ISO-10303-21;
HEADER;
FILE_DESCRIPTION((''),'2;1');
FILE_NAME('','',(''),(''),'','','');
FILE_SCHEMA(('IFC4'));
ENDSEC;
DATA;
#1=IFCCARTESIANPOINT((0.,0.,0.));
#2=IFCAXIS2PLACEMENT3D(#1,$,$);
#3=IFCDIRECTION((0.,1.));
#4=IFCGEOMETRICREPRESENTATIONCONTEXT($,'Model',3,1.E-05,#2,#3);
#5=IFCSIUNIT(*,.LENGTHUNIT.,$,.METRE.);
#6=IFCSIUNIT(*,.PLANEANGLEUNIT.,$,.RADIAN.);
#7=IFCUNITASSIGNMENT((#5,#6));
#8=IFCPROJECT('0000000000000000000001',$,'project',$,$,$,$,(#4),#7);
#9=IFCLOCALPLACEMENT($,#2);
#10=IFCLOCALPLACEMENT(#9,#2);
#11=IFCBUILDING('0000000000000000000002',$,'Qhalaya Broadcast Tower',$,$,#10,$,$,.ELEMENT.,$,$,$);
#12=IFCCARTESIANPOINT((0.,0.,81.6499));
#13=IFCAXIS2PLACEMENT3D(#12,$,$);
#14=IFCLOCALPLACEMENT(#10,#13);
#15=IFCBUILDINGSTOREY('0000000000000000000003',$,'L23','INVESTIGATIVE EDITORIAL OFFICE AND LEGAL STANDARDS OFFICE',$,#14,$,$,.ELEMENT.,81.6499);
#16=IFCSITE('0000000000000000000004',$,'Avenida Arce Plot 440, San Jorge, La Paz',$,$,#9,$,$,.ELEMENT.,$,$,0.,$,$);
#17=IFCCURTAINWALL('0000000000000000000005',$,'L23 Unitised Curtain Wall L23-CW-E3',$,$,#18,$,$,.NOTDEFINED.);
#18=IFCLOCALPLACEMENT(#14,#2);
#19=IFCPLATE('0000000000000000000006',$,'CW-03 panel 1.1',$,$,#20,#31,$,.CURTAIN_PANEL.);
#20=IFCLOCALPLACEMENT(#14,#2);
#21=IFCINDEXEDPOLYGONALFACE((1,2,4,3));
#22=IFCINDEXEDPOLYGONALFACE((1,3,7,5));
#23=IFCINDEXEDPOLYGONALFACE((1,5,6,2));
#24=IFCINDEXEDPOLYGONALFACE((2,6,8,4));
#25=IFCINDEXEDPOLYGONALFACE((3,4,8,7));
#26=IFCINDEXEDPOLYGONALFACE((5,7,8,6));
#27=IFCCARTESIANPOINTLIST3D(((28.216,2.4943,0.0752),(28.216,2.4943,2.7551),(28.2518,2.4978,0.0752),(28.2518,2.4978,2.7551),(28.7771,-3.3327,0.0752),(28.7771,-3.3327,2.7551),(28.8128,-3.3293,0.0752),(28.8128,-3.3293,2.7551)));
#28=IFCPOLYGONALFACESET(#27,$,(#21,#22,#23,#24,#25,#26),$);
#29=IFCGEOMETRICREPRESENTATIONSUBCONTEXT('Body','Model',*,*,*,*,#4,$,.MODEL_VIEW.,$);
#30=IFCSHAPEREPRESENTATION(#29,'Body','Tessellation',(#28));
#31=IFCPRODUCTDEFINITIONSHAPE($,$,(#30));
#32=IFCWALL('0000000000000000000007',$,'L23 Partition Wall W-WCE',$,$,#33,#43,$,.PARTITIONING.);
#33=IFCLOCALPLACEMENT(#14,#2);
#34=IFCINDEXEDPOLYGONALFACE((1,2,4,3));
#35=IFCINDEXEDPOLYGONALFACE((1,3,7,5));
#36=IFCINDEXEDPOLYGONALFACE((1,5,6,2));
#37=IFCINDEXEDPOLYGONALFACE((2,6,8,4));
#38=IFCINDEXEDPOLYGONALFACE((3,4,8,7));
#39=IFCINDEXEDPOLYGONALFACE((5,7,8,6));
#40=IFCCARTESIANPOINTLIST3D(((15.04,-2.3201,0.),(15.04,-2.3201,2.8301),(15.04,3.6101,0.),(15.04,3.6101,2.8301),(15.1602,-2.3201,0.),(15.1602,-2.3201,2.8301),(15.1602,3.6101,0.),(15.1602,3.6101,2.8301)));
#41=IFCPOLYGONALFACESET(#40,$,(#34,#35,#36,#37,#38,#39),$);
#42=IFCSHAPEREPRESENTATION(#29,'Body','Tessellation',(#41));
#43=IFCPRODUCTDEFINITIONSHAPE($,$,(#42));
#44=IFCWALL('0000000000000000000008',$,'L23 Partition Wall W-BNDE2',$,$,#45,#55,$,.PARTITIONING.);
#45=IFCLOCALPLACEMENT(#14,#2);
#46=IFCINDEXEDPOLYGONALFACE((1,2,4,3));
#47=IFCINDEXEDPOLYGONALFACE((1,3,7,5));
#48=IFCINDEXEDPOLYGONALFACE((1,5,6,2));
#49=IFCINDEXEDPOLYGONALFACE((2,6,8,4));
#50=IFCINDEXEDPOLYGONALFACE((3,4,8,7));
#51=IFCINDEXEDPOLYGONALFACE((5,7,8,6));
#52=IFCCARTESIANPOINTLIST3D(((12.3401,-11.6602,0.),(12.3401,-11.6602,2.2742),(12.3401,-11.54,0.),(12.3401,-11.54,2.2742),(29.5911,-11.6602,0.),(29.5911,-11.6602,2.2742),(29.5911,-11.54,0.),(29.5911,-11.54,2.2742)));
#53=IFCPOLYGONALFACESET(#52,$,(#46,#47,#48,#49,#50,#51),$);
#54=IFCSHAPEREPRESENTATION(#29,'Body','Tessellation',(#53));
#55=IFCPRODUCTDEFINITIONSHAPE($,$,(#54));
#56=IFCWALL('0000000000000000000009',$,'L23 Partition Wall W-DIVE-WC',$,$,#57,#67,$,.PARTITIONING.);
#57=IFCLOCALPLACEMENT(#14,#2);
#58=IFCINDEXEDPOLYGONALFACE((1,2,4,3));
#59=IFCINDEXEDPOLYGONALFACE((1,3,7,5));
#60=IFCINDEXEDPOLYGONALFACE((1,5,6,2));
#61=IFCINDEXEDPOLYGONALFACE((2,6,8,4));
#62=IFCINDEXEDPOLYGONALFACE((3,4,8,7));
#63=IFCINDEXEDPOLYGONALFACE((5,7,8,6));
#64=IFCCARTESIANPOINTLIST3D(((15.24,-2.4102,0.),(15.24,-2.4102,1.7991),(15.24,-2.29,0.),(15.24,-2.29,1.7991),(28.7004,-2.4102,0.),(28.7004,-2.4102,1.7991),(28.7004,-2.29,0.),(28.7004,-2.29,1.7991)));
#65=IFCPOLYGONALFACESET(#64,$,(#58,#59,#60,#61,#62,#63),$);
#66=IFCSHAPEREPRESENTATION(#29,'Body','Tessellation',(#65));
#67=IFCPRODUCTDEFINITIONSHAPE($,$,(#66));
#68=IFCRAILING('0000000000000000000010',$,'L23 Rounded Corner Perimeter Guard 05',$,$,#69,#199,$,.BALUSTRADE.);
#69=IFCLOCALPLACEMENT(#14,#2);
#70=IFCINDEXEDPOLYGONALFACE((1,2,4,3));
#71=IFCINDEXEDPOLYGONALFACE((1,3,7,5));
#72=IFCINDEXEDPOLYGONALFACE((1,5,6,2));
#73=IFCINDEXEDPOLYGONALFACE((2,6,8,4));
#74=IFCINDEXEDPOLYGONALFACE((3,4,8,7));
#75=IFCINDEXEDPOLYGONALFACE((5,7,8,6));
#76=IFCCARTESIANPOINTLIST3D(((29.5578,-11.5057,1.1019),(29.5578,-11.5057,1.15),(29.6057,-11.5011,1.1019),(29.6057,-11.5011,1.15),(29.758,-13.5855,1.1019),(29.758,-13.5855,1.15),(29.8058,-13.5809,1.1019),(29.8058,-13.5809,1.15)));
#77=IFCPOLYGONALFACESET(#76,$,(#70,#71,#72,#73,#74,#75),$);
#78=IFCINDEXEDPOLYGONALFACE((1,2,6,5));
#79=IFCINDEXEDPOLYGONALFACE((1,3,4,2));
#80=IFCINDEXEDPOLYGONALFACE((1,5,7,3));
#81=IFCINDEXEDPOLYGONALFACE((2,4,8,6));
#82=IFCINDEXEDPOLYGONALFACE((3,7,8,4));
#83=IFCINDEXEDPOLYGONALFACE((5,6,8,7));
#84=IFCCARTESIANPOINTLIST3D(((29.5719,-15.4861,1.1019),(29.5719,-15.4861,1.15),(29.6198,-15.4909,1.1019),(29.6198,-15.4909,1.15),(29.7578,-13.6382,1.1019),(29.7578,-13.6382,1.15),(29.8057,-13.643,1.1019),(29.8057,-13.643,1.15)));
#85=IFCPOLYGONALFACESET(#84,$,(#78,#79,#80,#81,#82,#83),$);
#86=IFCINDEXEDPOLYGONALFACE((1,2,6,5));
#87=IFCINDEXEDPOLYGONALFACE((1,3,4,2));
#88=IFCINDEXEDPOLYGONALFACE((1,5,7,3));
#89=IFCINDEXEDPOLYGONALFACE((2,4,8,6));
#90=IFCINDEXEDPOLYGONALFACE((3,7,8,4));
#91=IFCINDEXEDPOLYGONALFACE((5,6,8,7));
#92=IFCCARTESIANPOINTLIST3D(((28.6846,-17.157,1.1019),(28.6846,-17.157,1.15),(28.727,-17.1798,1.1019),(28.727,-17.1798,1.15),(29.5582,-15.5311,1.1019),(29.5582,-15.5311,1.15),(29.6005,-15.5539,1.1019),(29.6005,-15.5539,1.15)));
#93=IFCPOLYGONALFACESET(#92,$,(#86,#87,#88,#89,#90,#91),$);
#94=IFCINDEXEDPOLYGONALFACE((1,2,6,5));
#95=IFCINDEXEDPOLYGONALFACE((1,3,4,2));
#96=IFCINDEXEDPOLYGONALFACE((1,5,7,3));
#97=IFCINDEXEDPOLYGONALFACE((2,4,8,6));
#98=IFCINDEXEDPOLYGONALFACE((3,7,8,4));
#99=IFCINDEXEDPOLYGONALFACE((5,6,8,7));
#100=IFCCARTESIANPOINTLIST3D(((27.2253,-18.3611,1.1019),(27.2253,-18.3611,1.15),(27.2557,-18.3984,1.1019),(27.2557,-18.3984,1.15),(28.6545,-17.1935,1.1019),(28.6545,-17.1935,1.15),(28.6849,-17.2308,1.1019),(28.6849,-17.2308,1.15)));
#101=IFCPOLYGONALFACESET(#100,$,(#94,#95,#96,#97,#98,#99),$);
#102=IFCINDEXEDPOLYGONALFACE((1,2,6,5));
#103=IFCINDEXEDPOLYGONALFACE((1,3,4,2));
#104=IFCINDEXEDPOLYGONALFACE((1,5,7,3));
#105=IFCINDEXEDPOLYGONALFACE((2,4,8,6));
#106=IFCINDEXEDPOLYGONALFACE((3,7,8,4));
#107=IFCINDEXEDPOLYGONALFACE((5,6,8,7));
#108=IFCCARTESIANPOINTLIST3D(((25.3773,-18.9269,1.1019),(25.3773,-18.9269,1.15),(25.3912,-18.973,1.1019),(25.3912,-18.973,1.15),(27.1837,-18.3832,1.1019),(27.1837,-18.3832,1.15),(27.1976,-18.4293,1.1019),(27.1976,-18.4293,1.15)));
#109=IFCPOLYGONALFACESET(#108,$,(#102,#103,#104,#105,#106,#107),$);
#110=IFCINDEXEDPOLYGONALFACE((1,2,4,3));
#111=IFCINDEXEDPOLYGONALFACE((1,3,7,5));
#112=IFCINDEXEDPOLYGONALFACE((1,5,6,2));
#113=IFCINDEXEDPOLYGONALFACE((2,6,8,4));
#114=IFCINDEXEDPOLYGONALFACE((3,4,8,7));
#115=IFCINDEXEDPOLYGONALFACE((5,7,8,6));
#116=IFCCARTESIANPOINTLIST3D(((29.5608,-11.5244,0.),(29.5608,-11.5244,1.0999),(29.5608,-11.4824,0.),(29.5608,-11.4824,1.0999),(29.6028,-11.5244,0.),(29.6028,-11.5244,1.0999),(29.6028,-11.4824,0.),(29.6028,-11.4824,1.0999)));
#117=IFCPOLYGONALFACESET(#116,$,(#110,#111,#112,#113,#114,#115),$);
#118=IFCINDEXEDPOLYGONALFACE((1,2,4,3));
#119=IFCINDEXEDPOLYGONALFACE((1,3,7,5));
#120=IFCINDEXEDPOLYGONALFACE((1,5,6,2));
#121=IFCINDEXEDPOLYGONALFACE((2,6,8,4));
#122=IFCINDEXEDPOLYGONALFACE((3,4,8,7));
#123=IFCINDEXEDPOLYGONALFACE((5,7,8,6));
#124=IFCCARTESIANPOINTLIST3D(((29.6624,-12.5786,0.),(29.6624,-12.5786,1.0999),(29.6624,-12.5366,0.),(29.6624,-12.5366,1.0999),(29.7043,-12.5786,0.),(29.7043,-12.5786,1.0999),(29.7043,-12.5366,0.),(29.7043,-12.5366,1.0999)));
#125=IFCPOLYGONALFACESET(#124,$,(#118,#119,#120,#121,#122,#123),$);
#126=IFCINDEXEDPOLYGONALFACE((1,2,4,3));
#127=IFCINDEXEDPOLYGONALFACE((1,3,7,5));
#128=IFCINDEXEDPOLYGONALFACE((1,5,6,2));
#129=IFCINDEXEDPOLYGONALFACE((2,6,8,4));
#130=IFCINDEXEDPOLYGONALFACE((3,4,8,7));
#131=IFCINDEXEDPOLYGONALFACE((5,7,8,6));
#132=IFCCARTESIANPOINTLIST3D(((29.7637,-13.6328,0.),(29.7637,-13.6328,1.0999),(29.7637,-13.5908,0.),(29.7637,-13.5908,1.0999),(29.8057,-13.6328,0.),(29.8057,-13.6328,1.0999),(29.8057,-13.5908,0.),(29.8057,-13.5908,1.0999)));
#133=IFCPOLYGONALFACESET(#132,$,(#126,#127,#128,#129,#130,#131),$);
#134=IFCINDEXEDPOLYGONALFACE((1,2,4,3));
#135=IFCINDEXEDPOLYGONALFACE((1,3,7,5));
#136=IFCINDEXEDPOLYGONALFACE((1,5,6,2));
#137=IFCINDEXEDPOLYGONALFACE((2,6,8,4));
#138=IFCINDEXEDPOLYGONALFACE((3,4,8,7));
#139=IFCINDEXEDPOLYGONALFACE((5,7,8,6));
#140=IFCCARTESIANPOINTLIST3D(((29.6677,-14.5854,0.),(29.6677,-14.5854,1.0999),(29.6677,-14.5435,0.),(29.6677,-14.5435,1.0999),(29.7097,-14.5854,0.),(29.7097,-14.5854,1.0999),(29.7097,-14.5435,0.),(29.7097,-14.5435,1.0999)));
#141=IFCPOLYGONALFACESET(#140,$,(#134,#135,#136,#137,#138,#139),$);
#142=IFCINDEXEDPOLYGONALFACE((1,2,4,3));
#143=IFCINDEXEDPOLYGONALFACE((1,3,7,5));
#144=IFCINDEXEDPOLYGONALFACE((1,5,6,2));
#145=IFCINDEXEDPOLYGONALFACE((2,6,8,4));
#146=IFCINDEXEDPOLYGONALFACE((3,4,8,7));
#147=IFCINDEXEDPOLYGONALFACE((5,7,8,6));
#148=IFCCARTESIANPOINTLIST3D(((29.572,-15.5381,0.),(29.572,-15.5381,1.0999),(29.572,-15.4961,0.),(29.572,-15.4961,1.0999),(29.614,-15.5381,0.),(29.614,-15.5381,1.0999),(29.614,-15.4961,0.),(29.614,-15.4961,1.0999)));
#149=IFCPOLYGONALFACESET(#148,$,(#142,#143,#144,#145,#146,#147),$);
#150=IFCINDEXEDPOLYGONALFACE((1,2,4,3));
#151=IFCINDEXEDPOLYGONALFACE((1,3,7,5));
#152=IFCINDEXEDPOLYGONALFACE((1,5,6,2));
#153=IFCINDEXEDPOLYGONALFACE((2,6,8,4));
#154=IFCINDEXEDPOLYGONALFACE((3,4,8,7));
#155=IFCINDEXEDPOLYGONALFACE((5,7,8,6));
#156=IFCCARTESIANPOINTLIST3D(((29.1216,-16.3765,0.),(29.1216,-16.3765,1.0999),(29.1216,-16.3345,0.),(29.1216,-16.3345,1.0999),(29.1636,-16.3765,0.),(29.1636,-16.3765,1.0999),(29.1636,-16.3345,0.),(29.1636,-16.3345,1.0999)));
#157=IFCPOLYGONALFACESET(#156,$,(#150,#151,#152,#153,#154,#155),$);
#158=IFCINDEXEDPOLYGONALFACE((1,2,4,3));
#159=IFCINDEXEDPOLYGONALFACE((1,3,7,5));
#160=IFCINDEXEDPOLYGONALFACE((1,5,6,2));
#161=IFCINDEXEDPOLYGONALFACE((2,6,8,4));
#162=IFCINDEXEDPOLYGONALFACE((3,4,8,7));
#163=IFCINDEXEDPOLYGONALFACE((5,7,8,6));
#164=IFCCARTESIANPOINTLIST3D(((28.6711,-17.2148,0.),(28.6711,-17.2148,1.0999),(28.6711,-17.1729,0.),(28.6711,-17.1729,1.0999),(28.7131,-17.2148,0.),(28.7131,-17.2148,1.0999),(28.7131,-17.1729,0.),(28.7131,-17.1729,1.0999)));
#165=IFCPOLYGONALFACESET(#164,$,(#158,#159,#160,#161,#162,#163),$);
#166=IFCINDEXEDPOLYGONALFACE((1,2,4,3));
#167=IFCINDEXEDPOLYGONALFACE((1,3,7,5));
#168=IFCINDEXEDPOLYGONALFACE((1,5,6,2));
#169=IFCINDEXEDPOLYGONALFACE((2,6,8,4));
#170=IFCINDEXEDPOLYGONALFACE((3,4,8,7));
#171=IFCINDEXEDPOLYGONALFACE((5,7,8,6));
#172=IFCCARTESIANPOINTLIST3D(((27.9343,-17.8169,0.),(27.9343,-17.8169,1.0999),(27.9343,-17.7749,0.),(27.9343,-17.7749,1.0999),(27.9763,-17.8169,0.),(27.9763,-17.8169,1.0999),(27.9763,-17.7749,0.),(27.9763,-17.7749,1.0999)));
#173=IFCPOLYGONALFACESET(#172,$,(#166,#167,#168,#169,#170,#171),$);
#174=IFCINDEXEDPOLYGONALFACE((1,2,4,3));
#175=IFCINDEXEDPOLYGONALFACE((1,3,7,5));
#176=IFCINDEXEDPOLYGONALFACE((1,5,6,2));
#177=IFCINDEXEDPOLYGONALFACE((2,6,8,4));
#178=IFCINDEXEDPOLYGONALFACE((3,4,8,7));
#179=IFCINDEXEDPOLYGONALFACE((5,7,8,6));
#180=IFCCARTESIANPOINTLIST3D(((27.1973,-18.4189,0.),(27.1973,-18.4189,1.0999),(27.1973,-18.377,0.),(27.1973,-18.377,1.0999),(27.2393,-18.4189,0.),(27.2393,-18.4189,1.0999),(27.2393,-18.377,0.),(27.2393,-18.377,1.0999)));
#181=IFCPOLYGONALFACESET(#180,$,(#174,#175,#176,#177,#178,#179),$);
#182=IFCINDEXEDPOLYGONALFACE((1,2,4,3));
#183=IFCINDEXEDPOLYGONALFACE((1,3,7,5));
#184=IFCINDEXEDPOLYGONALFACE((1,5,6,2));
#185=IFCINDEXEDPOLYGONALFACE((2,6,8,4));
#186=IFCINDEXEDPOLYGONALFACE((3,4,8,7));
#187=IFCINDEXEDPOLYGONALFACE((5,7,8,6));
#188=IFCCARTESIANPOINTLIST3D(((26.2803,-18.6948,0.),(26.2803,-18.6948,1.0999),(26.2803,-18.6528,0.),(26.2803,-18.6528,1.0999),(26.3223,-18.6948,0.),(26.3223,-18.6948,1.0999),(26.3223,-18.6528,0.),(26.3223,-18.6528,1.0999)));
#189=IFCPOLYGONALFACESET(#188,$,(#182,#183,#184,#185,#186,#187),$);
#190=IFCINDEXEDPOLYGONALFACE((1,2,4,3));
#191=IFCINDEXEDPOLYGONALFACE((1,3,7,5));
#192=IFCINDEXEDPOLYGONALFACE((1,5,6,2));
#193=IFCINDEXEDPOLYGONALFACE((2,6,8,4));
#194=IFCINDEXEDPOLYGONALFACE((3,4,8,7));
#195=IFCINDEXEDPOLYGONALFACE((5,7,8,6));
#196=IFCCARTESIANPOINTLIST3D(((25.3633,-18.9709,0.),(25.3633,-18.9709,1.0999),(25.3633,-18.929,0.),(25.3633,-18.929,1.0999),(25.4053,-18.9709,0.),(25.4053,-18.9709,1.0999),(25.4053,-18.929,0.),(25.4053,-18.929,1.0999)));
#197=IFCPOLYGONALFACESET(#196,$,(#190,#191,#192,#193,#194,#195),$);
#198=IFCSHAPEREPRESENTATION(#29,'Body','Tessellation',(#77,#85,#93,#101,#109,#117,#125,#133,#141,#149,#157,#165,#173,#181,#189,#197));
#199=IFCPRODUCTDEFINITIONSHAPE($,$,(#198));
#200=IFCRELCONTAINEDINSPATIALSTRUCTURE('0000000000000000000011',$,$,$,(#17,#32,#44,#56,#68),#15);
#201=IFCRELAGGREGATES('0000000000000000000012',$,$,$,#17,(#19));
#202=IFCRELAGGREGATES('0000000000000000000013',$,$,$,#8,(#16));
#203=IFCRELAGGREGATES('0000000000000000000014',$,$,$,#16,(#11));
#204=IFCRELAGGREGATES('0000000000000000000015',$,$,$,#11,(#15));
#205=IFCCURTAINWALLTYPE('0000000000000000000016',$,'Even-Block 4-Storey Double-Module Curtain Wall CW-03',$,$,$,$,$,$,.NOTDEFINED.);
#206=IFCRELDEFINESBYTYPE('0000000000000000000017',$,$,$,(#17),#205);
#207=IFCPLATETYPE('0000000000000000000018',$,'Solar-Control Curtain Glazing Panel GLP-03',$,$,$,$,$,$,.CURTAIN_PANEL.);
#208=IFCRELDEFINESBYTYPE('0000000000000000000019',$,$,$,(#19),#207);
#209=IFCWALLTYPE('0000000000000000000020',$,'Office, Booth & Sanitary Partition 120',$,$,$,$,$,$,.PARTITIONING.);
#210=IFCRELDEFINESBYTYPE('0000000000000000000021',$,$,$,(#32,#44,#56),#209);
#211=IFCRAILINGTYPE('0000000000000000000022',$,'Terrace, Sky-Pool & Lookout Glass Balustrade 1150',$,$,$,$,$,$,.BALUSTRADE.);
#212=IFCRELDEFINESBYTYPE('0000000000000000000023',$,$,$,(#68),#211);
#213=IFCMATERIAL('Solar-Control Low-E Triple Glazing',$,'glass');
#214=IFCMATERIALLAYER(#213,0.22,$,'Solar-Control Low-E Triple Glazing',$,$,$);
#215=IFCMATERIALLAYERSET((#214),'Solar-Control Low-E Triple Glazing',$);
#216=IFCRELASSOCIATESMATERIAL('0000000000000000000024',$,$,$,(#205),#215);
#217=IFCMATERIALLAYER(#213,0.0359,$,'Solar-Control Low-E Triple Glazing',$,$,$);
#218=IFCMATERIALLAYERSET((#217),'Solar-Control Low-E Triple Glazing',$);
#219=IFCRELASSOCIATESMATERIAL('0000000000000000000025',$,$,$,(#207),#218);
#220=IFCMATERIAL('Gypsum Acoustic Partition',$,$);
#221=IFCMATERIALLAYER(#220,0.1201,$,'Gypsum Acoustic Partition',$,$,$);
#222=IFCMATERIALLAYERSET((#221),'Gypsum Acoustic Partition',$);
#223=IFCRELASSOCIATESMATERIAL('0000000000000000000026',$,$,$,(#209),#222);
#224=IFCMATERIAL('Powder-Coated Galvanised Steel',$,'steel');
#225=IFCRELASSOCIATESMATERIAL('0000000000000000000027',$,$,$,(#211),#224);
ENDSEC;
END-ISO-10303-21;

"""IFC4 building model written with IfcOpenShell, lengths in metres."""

from ifc_helpers import new_model, si_unit, direction, frame, frame_2d, origin, origin_2d, place, context, subcontext, project, spatial, rectangle, extrude, material, layer, layer_set, type_object, element, aggregate, save


model = new_model("IFC4")

# Units and contexts
model_context = context("Model", 3, precision=1e-05, world=origin(), true_north=direction((0.0, 1.0)))
body_context = subcontext(model_context, "Body", "Model", "MODEL_VIEW")
ifc_project = project(units=[si_unit("LENGTHUNIT", "METRE"), si_unit("PLANEANGLEUNIT", "RADIAN")], contexts=[model_context])

# Site, building, storey
site_placement = place(None, origin())
site = spatial("IfcSite", under=ifc_project, at=site_placement, Name="Avenida Arce Plot 440, San Jorge, La Paz", CompositionType="ELEMENT", RefElevation=0.0)
building_placement = place(site_placement, origin())
building = spatial("IfcBuilding", under=site, at=building_placement, Name="Qhalaya Broadcast Tower", CompositionType="ELEMENT")
storey_placement = place(building_placement, frame((0.0, 0.0, 81.6499)))
storey = spatial("IfcBuildingStorey", under=building, at=storey_placement, Name="L23", Description="INVESTIGATIVE EDITORIAL OFFICE AND LEGAL STANDARDS OFFICE", CompositionType="ELEMENT", Elevation=81.6499)

# Shared definitions
ifc_material_1 = material(Name="Solar-Control Low-E Triple Glazing", Category="glass")
ifc_layer_1 = layer(ifc_material_1, 0.22, Name="Solar-Control Low-E Triple Glazing")
ifc_layer_set_1 = layer_set([ifc_layer_1], Name="Solar-Control Low-E Triple Glazing")
curtain_wall_type_1 = type_object("IfcCurtainWallType", Name="Even-Block 4-Storey Double-Module Curtain Wall CW-03", PredefinedType="NOTDEFINED", material=ifc_layer_set_1)

# Curtain wall
curtain_wall_1_placement = place(storey_placement, origin())
curtain_wall_1 = element("IfcCurtainWall", 1, at=curtain_wall_1_placement, inside=storey, type_object=curtain_wall_type_1, Name="L23 Unitised Curtain Wall L23-CW-E3", PredefinedType="NOTDEFINED")

# Plate
ifc_layer_2 = layer(ifc_material_1, 0.0359, Name="Solar-Control Low-E Triple Glazing")
ifc_layer_set_2 = layer_set([ifc_layer_2], Name="Solar-Control Low-E Triple Glazing")
plate_type_1 = type_object("IfcPlateType", Name="Solar-Control Curtain Glazing Panel GLP-03", PredefinedType="CURTAIN_PANEL", material=ifc_layer_set_2)
plate_1_placement = place(storey_placement, frame((28.5144, -0.4175, 0.0752), z_axis=(0.0, 0.0, 1.0), x_axis=(-0.095837, 0.995397, 0.0)))
plate_1 = element("IfcPlate", 2, at=plate_1_placement, type_object=plate_type_1, Name="CW-03 panel 1.1", PredefinedType="CURTAIN_PANEL", context=body_context, shape_type="SweptSolid", body=[
    extrude(rectangle(XDim=5.854, YDim=0.0359, at=origin_2d()), origin(), (0.0, 0.0, 1.0), 2.6799),
])
aggregate(curtain_wall_1, [plate_1])

# Walls
ifc_material_2 = material(Name="Gypsum Acoustic Partition")
ifc_layer_3 = layer(ifc_material_2, 0.1201, Name="Gypsum Acoustic Partition")
ifc_layer_set_3 = layer_set([ifc_layer_3], Name="Gypsum Acoustic Partition")
wall_type = type_object("IfcWallType", Name="Office, Booth & Sanitary Partition 120", PredefinedType="PARTITIONING", material=ifc_layer_set_3)
wall_1_placement = place(storey_placement, frame((15.1001, -2.3201, 0.0), z_axis=(0.0, 0.0, 1.0), x_axis=(0.0, 1.0, 0.0)))
element("IfcWall", 3, at=wall_1_placement, inside=storey, type_object=wall_type, Name="L23 Partition Wall W-WCE", PredefinedType="PARTITIONING", context=body_context, shape_type="SweptSolid", body=[
    extrude(rectangle(XDim=5.9302, YDim=0.1201, at=frame_2d((2.9651, 0.0))), origin(), (0.0, 0.0, 1.0), 2.8301),
])
wall_2_placement = place(storey_placement, frame((12.3401, -11.6001, 0.0), z_axis=(0.0, 0.0, 1.0), x_axis=(1.0, 0.0, 0.0)))
element("IfcWall", 4, at=wall_2_placement, inside=storey, type_object=wall_type, Name="L23 Partition Wall W-BNDE2", PredefinedType="PARTITIONING", context=body_context, shape_type="SweptSolid", body=[
    extrude(rectangle(XDim=17.251, YDim=0.1201, at=frame_2d((8.6255, 0.0))), origin(), (0.0, 0.0, 1.0), 2.2742),
])
wall_3_placement = place(storey_placement, frame((15.24, -2.3501, 0.0), z_axis=(0.0, 0.0, 1.0), x_axis=(1.0, 0.0, 0.0)))
element("IfcWall", 5, at=wall_3_placement, inside=storey, type_object=wall_type, Name="L23 Partition Wall W-DIVE-WC", PredefinedType="PARTITIONING", context=body_context, shape_type="SweptSolid", body=[
    extrude(rectangle(XDim=13.4604, YDim=0.1201, at=frame_2d((6.7302, 0.0))), origin(), (0.0, 0.0, 1.0), 1.7991),
])

# Railing
ifc_material_3 = material(Name="Powder-Coated Galvanised Steel", Category="steel")
railing_type = type_object("IfcRailingType", Name="Terrace, Sky-Pool & Lookout Glass Balustrade 1150", PredefinedType="BALUSTRADE", material=ifc_material_3)
railing_placement = place(storey_placement, frame((29.5818, -11.5034, 0.0)))
element("IfcRailing", 6, at=railing_placement, inside=storey, type_object=railing_type, Name="L23 Rounded Corner Perimeter Guard 05", PredefinedType="BALUSTRADE", context=body_context, shape_type="SweptSolid", body=[
    extrude(rectangle(XDim=0.0481, YDim=0.0481, at=origin_2d()), frame((0.0, 0.0, 1.126), z_axis=(0.095783, -0.995402, 0.0), x_axis=(0.995402, 0.095783, 0.0)), (0.0, 0.0, 1.0), 2.0894),
    extrude(rectangle(XDim=0.0481, YDim=0.0481, at=origin_2d()), frame((0.2, -2.1372, 1.126), z_axis=(-0.100084, -0.994979, 0.0), x_axis=(0.994979, -0.100084, 0.0)), (0.0, 0.0, 1.0), 1.8572),
    extrude(rectangle(XDim=0.0481, YDim=0.0481, at=origin_2d()), frame((-0.0024, -4.0391, 1.126), z_axis=(-0.473289, -0.880907, 0.0), x_axis=(0.880907, -0.473289, 0.0)), (0.0, 0.0, 1.0), 1.8457),
    extrude(rectangle(XDim=0.0481, YDim=0.0481, at=origin_2d()), frame((-0.9121, -5.7087, 1.126), z_axis=(-0.77442, -0.632672, 0.0), x_axis=(0.632672, -0.77442, 0.0)), (0.0, 0.0, 1.0), 1.8455),
    extrude(rectangle(XDim=0.0481, YDim=0.0481, at=origin_2d()), frame((-2.3911, -6.9028, 1.126), z_axis=(-0.957566, -0.288213, 0.0), x_axis=(0.288213, -0.957566, 0.0)), (0.0, 0.0, 1.0), 1.8865),
    extrude(rectangle(XDim=0.042, YDim=0.042, at=origin_2d()), origin(), (0.0, 0.0, 1.0), 1.0999),
    extrude(rectangle(XDim=0.042, YDim=0.042, at=origin_2d()), frame((0.1016, -1.0542, 0.0)), (0.0, 0.0, 1.0), 1.0999),
    extrude(rectangle(XDim=0.042, YDim=0.042, at=origin_2d()), frame((0.2029, -2.1084, 0.0)), (0.0, 0.0, 1.0), 1.0999),
    extrude(rectangle(XDim=0.042, YDim=0.042, at=origin_2d()), frame((0.1069, -3.061, 0.0)), (0.0, 0.0, 1.0), 1.0999),
    extrude(rectangle(XDim=0.042, YDim=0.042, at=origin_2d()), frame((0.0112, -4.0137, 0.0)), (0.0, 0.0, 1.0), 1.0999),
    extrude(rectangle(XDim=0.042, YDim=0.042, at=origin_2d()), frame((-0.4392, -4.8521, 0.0)), (0.0, 0.0, 1.0), 1.0999),
    extrude(rectangle(XDim=0.042, YDim=0.042, at=origin_2d()), frame((-0.8896, -5.6904, 0.0)), (0.0, 0.0, 1.0), 1.0999),
    extrude(rectangle(XDim=0.042, YDim=0.042, at=origin_2d()), frame((-1.6265, -6.2925, 0.0)), (0.0, 0.0, 1.0), 1.0999),
    extrude(rectangle(XDim=0.042, YDim=0.042, at=origin_2d()), frame((-2.3635, -6.8945, 0.0)), (0.0, 0.0, 1.0), 1.0999),
    extrude(rectangle(XDim=0.042, YDim=0.042, at=origin_2d()), frame((-3.2805, -7.1704, 0.0)), (0.0, 0.0, 1.0), 1.0999),
    extrude(rectangle(XDim=0.042, YDim=0.042, at=origin_2d()), frame((-4.1975, -7.4465, 0.0)), (0.0, 0.0, 1.0), 1.0999),
])

save(model, "model.ifc")
